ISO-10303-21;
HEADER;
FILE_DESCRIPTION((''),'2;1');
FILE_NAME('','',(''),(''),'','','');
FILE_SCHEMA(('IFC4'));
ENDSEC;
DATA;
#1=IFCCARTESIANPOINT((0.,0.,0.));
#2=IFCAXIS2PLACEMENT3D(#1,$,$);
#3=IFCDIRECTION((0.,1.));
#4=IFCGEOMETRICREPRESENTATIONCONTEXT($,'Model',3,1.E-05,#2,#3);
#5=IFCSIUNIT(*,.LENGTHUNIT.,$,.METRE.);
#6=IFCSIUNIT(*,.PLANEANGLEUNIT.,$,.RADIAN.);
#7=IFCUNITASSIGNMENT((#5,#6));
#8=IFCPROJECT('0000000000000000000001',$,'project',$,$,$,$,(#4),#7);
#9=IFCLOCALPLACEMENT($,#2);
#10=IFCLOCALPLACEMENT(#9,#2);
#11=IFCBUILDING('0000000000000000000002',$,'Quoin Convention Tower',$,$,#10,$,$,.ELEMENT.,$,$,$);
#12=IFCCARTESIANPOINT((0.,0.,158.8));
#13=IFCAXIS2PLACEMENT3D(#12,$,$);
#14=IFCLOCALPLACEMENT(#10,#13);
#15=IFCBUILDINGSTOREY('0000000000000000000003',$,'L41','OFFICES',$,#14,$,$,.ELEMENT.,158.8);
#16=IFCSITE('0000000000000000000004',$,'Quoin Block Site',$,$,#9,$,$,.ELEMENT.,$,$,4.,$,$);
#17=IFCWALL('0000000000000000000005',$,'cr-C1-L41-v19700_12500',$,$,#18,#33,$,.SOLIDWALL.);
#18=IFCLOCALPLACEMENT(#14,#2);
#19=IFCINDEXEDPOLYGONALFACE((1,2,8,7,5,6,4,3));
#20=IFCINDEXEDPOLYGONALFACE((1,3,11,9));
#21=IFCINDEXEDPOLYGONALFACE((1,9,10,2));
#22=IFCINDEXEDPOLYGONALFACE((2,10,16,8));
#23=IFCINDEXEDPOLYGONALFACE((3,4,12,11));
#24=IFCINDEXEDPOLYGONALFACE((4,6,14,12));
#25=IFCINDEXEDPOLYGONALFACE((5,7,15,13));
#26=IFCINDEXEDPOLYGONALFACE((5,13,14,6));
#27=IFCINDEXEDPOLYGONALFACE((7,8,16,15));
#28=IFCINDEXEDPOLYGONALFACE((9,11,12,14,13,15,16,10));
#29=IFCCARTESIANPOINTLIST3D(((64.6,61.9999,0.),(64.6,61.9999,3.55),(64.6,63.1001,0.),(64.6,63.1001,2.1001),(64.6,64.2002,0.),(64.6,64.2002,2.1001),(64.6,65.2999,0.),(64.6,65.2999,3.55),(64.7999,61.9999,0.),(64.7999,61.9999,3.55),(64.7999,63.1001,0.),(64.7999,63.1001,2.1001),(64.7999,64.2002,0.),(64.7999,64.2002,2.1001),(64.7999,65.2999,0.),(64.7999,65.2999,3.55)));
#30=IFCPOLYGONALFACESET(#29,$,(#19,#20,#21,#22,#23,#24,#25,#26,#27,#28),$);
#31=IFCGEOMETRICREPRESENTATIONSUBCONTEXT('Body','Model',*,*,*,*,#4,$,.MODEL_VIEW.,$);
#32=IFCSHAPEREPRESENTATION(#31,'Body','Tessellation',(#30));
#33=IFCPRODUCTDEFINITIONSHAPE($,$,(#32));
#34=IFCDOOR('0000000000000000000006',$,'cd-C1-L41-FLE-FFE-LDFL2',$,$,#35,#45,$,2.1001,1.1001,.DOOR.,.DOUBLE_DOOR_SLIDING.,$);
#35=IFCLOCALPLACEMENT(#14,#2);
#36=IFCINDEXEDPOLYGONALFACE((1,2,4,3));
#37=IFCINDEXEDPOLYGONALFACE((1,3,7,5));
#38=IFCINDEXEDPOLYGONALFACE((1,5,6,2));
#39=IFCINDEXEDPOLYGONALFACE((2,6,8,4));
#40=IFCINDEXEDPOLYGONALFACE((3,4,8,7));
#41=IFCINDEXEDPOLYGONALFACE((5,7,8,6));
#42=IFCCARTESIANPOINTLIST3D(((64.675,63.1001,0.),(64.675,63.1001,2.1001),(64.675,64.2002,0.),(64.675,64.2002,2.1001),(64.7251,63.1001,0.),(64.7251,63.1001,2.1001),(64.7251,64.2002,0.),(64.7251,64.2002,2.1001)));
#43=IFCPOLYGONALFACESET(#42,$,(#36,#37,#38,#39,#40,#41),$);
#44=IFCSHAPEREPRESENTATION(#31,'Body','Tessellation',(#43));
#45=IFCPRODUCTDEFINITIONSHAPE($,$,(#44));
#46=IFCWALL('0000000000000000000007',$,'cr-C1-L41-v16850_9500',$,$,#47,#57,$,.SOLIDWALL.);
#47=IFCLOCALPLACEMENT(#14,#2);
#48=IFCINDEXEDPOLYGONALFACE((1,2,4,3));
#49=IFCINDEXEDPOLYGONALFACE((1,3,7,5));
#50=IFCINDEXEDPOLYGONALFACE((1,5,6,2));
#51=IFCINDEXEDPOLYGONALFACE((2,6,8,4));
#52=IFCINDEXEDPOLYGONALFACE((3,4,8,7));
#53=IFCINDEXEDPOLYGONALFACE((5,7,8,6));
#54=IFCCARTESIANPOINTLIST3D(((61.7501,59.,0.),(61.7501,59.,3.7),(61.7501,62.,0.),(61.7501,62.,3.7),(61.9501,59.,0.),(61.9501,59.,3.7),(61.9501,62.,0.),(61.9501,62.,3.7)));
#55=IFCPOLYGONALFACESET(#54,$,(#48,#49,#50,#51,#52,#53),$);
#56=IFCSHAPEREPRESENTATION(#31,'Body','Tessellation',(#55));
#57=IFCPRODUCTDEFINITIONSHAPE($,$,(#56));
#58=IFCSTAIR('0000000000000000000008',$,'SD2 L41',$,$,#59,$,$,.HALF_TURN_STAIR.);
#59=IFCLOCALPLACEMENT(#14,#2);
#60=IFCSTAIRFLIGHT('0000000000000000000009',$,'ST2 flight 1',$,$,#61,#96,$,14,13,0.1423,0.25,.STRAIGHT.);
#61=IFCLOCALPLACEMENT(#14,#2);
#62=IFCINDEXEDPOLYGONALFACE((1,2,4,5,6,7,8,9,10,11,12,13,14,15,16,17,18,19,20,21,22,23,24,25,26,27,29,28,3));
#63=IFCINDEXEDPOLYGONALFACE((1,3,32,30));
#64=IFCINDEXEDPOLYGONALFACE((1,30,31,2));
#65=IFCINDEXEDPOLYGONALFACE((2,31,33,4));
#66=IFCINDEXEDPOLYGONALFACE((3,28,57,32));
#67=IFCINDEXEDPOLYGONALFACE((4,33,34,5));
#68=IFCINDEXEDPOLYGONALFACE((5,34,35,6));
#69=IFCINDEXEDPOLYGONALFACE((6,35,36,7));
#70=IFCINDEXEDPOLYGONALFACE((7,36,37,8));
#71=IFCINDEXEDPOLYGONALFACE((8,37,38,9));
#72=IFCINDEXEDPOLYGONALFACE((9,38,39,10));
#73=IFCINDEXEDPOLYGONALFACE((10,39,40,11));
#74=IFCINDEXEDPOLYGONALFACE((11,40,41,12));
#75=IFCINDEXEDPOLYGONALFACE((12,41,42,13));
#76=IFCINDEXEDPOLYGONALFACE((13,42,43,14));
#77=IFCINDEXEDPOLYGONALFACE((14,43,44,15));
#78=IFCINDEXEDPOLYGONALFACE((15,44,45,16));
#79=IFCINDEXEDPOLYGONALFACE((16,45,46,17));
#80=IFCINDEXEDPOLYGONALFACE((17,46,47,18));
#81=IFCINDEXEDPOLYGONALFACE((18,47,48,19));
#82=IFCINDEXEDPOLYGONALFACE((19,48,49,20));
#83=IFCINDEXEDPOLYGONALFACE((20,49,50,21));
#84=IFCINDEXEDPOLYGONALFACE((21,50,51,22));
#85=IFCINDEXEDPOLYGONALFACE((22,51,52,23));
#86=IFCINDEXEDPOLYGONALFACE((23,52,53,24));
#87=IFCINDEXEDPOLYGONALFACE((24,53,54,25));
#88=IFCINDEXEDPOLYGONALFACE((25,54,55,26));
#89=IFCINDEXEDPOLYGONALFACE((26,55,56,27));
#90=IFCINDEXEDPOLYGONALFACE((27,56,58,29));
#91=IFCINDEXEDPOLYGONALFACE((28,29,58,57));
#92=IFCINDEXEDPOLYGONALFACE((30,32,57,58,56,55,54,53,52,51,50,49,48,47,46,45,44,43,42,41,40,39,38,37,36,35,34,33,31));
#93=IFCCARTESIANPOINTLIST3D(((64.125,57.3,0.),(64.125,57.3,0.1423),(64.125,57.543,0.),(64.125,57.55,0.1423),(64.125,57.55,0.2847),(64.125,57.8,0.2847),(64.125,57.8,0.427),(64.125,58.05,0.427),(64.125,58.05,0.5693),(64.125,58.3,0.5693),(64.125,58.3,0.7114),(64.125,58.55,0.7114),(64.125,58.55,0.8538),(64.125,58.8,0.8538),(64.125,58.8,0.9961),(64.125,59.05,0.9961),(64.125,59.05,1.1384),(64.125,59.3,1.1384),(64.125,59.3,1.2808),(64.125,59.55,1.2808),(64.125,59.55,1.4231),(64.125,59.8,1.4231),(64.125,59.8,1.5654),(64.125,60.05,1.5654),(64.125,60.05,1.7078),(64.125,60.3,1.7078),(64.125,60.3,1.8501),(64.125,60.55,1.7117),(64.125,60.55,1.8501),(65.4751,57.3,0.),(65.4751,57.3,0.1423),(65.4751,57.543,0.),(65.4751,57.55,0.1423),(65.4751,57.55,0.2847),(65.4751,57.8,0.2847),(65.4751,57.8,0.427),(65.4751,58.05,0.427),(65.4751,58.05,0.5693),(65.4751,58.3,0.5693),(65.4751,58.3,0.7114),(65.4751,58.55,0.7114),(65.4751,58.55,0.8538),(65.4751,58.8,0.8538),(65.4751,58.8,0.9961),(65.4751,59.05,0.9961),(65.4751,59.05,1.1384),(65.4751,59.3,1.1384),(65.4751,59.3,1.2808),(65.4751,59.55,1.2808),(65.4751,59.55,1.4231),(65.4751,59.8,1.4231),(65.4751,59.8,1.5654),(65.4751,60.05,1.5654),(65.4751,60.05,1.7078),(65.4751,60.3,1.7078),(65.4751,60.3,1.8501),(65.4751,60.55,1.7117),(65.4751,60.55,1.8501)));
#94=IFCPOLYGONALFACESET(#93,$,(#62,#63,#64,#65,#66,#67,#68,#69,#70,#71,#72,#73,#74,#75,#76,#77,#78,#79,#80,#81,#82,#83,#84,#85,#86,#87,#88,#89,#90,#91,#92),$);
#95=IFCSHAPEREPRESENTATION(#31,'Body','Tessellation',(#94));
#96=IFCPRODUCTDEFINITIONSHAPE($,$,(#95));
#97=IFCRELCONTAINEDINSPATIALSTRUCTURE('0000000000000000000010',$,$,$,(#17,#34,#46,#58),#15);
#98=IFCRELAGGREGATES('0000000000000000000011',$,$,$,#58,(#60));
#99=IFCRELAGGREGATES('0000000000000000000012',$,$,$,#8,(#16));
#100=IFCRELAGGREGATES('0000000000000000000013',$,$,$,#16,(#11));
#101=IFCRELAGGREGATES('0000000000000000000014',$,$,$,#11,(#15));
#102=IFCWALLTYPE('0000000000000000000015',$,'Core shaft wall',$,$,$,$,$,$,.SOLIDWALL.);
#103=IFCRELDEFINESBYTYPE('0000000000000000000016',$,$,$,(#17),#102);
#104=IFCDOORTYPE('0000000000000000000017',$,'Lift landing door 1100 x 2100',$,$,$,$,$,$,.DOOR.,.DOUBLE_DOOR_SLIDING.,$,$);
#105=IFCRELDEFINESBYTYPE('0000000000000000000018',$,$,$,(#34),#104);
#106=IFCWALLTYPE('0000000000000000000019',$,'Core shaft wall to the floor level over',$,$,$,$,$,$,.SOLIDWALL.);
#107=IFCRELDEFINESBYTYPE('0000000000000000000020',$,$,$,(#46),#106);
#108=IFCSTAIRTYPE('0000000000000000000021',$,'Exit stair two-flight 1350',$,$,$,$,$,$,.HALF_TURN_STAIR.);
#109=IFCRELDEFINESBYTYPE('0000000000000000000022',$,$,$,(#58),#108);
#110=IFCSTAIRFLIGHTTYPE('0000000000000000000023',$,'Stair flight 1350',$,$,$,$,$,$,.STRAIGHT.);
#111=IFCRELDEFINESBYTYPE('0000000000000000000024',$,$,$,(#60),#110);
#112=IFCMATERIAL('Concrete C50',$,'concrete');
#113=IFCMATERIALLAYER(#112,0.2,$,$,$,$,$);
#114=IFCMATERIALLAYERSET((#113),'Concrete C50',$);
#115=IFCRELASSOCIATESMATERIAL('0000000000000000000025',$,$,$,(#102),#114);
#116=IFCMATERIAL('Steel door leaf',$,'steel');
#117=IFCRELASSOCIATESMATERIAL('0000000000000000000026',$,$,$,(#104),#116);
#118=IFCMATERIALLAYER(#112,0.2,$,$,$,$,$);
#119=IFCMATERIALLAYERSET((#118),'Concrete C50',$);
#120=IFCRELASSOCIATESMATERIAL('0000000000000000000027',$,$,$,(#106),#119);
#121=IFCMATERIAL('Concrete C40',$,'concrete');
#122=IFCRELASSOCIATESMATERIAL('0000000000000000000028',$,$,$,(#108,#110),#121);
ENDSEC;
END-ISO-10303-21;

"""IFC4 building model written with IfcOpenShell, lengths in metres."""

from ifc_helpers import new_model, si_unit, direction, frame, frame_2d, origin, place, context, subcontext, project, spatial, polyline, rectangle, outline, extrude, material, layer, layer_set, type_object, element, fill, aggregate, save


model = new_model("IFC4")

# Units and contexts
model_context = context("Model", 3, precision=1e-05, world=origin(), true_north=direction((0.0, 1.0)))
body_context = subcontext(model_context, "Body", "Model", "MODEL_VIEW")
ifc_project = project(units=[si_unit("LENGTHUNIT", "METRE"), si_unit("PLANEANGLEUNIT", "RADIAN")], contexts=[model_context])

# Site, building, storey
site_placement = place(None, origin())
site = spatial("IfcSite", under=ifc_project, at=site_placement, Name="Quoin Block Site", CompositionType="ELEMENT", RefElevation=4.0)
building_placement = place(site_placement, origin())
building = spatial("IfcBuilding", under=site, at=building_placement, Name="Quoin Convention Tower", CompositionType="ELEMENT")
storey_placement = place(building_placement, frame((0.0, 0.0, 158.8)))
storey = spatial("IfcBuildingStorey", under=building, at=storey_placement, Name="L41", Description="OFFICES", CompositionType="ELEMENT", Elevation=158.8)

# Shared definitions
ifc_material_1 = material(Name="Concrete C50", Category="concrete")
ifc_layer_1 = layer(ifc_material_1, 0.2)
ifc_layer_set_1 = layer_set([ifc_layer_1], Name="Concrete C50")
wall_type_1 = type_object("IfcWallType", Name="Core shaft wall", PredefinedType="SOLIDWALL", material=ifc_layer_set_1)

# Wall, opening, door
wall_1_placement = place(storey_placement, frame((64.7, 62.0, 0.0), z_axis=(0.0, 0.0, 1.0), x_axis=(0.0, 1.0, 0.0)))
wall_1 = element("IfcWall", 1, at=wall_1_placement, inside=storey, type_object=wall_type_1, Name="cr-C1-L41-v19700_12500", PredefinedType="SOLIDWALL", context=body_context, shape_type="SweptSolid", body=[
    extrude(rectangle(XDim=3.3, YDim=0.2, at=frame_2d((1.6499, 0.0))), origin(), (0.0, 0.0, 1.0), 3.55),
])
opening_placement = place(wall_1_placement, frame((1.1001, 0.0, 0.0)))
opening = element("IfcOpeningElement", 2, at=opening_placement, cuts=wall_1, PredefinedType="OPENING", context=body_context, shape_type="SweptSolid", body=[
    extrude(rectangle(XDim=1.1001, YDim=2.1001, at=frame_2d((0.55, 1.05))), frame((0.0, 0.1099, 0.0), z_axis=(0.0, -1.0, 0.0), x_axis=(1.0, 0.0, 0.0)), (0.0, 0.0, 1.0), 0.22),
])
ifc_material_2 = material(Name="Steel door leaf", Category="steel")
door_type = type_object("IfcDoorType", Name="Lift landing door 1100 x 2100", OperationType="DOUBLE_DOOR_SLIDING", PredefinedType="DOOR", material=ifc_material_2)
door_placement = place(opening_placement, origin())
door = element("IfcDoor", 3, at=door_placement, inside=storey, type_object=door_type, Name="cd-C1-L41-FLE-FFE-LDFL2", OperationType="DOUBLE_DOOR_SLIDING", OverallHeight=2.1001, OverallWidth=1.1001, PredefinedType="DOOR", context=body_context, shape_type="SweptSolid", body=[
    extrude(rectangle(XDim=1.1001, YDim=2.1001, at=frame_2d((0.55, 1.05))), frame((0.0, 0.0249, 0.0), z_axis=(0.0, -1.0, 0.0), x_axis=(1.0, 0.0, 0.0)), (0.0, 0.0, 1.0), 0.05),
])
fill(opening, door)

# Wall
ifc_layer_2 = layer(ifc_material_1, 0.2)
ifc_layer_set_2 = layer_set([ifc_layer_2], Name="Concrete C50")
wall_type_2 = type_object("IfcWallType", Name="Core shaft wall to the floor level over", PredefinedType="SOLIDWALL", material=ifc_layer_set_2)
wall_2_placement = place(storey_placement, frame((61.8501, 59.0, 0.0), z_axis=(0.0, 0.0, 1.0), x_axis=(0.0, 1.0, 0.0)))
element("IfcWall", 4, at=wall_2_placement, inside=storey, type_object=wall_type_2, Name="cr-C1-L41-v16850_9500", PredefinedType="SOLIDWALL", context=body_context, shape_type="SweptSolid", body=[
    extrude(rectangle(XDim=3.0, YDim=0.2, at=frame_2d((1.5, 0.0))), origin(), (0.0, 0.0, 1.0), 3.7),
])

# Stair, stair flight
ifc_material_3 = material(Name="Concrete C40", Category="concrete")
stair_type = type_object("IfcStairType", Name="Exit stair two-flight 1350", PredefinedType="HALF_TURN_STAIR", material=ifc_material_3)
stair_placement = place(storey_placement, origin())
stair = element("IfcStair", 5, at=stair_placement, inside=storey, type_object=stair_type, Name="SD2 L41", PredefinedType="HALF_TURN_STAIR")
stair_flight_type = type_object("IfcStairFlightType", Name="Stair flight 1350", PredefinedType="STRAIGHT", material=ifc_material_3)
stair_flight_placement = place(storey_placement, frame((64.8, 57.3, 0.0), z_axis=(0.0, 0.0, 1.0), x_axis=(0.0, 1.0, 0.0)))
stair_flight = element("IfcStairFlight", 6, at=stair_flight_placement, type_object=stair_flight_type, Name="ST2 flight 1", NumberOfRisers=14, NumberOfTreads=13, PredefinedType="STRAIGHT", RiserHeight=0.1423, TreadLength=0.25, context=body_context, shape_type="SweptSolid", body=[
    extrude(outline(polyline([(0.0, 0.0), (0.0, 0.1423), (0.25, 0.1423), (0.25, 0.2847), (0.5, 0.2847), (0.5, 0.427), (0.75, 0.427), (0.75, 0.5693), (1.0, 0.5693), (1.0, 0.7114), (1.25, 0.7114), (1.25, 0.8538), (1.5, 0.8538), (1.5, 0.9961), (1.75, 0.9961), (1.75, 1.1384), (2.0, 1.1384), (2.0, 1.2808), (2.25, 1.2808), (2.25, 1.4231), (2.5, 1.4231), (2.5, 1.5654), (2.75, 1.5654), (2.75, 1.7078), (3.0, 1.7078), (3.0, 1.8501), (3.25, 1.8501), (3.25, 1.9922), (3.25, 1.7117), (0.2429, 0.0), (0.0, 0.0)])), frame((0.0, 0.675, 0.0), z_axis=(0.0, -1.0, 0.0), x_axis=(1.0, 0.0, 0.0)), (0.0, 0.0, 1.0), 1.3501),
])
aggregate(stair, [stair_flight])

save(model, "model.ifc")
